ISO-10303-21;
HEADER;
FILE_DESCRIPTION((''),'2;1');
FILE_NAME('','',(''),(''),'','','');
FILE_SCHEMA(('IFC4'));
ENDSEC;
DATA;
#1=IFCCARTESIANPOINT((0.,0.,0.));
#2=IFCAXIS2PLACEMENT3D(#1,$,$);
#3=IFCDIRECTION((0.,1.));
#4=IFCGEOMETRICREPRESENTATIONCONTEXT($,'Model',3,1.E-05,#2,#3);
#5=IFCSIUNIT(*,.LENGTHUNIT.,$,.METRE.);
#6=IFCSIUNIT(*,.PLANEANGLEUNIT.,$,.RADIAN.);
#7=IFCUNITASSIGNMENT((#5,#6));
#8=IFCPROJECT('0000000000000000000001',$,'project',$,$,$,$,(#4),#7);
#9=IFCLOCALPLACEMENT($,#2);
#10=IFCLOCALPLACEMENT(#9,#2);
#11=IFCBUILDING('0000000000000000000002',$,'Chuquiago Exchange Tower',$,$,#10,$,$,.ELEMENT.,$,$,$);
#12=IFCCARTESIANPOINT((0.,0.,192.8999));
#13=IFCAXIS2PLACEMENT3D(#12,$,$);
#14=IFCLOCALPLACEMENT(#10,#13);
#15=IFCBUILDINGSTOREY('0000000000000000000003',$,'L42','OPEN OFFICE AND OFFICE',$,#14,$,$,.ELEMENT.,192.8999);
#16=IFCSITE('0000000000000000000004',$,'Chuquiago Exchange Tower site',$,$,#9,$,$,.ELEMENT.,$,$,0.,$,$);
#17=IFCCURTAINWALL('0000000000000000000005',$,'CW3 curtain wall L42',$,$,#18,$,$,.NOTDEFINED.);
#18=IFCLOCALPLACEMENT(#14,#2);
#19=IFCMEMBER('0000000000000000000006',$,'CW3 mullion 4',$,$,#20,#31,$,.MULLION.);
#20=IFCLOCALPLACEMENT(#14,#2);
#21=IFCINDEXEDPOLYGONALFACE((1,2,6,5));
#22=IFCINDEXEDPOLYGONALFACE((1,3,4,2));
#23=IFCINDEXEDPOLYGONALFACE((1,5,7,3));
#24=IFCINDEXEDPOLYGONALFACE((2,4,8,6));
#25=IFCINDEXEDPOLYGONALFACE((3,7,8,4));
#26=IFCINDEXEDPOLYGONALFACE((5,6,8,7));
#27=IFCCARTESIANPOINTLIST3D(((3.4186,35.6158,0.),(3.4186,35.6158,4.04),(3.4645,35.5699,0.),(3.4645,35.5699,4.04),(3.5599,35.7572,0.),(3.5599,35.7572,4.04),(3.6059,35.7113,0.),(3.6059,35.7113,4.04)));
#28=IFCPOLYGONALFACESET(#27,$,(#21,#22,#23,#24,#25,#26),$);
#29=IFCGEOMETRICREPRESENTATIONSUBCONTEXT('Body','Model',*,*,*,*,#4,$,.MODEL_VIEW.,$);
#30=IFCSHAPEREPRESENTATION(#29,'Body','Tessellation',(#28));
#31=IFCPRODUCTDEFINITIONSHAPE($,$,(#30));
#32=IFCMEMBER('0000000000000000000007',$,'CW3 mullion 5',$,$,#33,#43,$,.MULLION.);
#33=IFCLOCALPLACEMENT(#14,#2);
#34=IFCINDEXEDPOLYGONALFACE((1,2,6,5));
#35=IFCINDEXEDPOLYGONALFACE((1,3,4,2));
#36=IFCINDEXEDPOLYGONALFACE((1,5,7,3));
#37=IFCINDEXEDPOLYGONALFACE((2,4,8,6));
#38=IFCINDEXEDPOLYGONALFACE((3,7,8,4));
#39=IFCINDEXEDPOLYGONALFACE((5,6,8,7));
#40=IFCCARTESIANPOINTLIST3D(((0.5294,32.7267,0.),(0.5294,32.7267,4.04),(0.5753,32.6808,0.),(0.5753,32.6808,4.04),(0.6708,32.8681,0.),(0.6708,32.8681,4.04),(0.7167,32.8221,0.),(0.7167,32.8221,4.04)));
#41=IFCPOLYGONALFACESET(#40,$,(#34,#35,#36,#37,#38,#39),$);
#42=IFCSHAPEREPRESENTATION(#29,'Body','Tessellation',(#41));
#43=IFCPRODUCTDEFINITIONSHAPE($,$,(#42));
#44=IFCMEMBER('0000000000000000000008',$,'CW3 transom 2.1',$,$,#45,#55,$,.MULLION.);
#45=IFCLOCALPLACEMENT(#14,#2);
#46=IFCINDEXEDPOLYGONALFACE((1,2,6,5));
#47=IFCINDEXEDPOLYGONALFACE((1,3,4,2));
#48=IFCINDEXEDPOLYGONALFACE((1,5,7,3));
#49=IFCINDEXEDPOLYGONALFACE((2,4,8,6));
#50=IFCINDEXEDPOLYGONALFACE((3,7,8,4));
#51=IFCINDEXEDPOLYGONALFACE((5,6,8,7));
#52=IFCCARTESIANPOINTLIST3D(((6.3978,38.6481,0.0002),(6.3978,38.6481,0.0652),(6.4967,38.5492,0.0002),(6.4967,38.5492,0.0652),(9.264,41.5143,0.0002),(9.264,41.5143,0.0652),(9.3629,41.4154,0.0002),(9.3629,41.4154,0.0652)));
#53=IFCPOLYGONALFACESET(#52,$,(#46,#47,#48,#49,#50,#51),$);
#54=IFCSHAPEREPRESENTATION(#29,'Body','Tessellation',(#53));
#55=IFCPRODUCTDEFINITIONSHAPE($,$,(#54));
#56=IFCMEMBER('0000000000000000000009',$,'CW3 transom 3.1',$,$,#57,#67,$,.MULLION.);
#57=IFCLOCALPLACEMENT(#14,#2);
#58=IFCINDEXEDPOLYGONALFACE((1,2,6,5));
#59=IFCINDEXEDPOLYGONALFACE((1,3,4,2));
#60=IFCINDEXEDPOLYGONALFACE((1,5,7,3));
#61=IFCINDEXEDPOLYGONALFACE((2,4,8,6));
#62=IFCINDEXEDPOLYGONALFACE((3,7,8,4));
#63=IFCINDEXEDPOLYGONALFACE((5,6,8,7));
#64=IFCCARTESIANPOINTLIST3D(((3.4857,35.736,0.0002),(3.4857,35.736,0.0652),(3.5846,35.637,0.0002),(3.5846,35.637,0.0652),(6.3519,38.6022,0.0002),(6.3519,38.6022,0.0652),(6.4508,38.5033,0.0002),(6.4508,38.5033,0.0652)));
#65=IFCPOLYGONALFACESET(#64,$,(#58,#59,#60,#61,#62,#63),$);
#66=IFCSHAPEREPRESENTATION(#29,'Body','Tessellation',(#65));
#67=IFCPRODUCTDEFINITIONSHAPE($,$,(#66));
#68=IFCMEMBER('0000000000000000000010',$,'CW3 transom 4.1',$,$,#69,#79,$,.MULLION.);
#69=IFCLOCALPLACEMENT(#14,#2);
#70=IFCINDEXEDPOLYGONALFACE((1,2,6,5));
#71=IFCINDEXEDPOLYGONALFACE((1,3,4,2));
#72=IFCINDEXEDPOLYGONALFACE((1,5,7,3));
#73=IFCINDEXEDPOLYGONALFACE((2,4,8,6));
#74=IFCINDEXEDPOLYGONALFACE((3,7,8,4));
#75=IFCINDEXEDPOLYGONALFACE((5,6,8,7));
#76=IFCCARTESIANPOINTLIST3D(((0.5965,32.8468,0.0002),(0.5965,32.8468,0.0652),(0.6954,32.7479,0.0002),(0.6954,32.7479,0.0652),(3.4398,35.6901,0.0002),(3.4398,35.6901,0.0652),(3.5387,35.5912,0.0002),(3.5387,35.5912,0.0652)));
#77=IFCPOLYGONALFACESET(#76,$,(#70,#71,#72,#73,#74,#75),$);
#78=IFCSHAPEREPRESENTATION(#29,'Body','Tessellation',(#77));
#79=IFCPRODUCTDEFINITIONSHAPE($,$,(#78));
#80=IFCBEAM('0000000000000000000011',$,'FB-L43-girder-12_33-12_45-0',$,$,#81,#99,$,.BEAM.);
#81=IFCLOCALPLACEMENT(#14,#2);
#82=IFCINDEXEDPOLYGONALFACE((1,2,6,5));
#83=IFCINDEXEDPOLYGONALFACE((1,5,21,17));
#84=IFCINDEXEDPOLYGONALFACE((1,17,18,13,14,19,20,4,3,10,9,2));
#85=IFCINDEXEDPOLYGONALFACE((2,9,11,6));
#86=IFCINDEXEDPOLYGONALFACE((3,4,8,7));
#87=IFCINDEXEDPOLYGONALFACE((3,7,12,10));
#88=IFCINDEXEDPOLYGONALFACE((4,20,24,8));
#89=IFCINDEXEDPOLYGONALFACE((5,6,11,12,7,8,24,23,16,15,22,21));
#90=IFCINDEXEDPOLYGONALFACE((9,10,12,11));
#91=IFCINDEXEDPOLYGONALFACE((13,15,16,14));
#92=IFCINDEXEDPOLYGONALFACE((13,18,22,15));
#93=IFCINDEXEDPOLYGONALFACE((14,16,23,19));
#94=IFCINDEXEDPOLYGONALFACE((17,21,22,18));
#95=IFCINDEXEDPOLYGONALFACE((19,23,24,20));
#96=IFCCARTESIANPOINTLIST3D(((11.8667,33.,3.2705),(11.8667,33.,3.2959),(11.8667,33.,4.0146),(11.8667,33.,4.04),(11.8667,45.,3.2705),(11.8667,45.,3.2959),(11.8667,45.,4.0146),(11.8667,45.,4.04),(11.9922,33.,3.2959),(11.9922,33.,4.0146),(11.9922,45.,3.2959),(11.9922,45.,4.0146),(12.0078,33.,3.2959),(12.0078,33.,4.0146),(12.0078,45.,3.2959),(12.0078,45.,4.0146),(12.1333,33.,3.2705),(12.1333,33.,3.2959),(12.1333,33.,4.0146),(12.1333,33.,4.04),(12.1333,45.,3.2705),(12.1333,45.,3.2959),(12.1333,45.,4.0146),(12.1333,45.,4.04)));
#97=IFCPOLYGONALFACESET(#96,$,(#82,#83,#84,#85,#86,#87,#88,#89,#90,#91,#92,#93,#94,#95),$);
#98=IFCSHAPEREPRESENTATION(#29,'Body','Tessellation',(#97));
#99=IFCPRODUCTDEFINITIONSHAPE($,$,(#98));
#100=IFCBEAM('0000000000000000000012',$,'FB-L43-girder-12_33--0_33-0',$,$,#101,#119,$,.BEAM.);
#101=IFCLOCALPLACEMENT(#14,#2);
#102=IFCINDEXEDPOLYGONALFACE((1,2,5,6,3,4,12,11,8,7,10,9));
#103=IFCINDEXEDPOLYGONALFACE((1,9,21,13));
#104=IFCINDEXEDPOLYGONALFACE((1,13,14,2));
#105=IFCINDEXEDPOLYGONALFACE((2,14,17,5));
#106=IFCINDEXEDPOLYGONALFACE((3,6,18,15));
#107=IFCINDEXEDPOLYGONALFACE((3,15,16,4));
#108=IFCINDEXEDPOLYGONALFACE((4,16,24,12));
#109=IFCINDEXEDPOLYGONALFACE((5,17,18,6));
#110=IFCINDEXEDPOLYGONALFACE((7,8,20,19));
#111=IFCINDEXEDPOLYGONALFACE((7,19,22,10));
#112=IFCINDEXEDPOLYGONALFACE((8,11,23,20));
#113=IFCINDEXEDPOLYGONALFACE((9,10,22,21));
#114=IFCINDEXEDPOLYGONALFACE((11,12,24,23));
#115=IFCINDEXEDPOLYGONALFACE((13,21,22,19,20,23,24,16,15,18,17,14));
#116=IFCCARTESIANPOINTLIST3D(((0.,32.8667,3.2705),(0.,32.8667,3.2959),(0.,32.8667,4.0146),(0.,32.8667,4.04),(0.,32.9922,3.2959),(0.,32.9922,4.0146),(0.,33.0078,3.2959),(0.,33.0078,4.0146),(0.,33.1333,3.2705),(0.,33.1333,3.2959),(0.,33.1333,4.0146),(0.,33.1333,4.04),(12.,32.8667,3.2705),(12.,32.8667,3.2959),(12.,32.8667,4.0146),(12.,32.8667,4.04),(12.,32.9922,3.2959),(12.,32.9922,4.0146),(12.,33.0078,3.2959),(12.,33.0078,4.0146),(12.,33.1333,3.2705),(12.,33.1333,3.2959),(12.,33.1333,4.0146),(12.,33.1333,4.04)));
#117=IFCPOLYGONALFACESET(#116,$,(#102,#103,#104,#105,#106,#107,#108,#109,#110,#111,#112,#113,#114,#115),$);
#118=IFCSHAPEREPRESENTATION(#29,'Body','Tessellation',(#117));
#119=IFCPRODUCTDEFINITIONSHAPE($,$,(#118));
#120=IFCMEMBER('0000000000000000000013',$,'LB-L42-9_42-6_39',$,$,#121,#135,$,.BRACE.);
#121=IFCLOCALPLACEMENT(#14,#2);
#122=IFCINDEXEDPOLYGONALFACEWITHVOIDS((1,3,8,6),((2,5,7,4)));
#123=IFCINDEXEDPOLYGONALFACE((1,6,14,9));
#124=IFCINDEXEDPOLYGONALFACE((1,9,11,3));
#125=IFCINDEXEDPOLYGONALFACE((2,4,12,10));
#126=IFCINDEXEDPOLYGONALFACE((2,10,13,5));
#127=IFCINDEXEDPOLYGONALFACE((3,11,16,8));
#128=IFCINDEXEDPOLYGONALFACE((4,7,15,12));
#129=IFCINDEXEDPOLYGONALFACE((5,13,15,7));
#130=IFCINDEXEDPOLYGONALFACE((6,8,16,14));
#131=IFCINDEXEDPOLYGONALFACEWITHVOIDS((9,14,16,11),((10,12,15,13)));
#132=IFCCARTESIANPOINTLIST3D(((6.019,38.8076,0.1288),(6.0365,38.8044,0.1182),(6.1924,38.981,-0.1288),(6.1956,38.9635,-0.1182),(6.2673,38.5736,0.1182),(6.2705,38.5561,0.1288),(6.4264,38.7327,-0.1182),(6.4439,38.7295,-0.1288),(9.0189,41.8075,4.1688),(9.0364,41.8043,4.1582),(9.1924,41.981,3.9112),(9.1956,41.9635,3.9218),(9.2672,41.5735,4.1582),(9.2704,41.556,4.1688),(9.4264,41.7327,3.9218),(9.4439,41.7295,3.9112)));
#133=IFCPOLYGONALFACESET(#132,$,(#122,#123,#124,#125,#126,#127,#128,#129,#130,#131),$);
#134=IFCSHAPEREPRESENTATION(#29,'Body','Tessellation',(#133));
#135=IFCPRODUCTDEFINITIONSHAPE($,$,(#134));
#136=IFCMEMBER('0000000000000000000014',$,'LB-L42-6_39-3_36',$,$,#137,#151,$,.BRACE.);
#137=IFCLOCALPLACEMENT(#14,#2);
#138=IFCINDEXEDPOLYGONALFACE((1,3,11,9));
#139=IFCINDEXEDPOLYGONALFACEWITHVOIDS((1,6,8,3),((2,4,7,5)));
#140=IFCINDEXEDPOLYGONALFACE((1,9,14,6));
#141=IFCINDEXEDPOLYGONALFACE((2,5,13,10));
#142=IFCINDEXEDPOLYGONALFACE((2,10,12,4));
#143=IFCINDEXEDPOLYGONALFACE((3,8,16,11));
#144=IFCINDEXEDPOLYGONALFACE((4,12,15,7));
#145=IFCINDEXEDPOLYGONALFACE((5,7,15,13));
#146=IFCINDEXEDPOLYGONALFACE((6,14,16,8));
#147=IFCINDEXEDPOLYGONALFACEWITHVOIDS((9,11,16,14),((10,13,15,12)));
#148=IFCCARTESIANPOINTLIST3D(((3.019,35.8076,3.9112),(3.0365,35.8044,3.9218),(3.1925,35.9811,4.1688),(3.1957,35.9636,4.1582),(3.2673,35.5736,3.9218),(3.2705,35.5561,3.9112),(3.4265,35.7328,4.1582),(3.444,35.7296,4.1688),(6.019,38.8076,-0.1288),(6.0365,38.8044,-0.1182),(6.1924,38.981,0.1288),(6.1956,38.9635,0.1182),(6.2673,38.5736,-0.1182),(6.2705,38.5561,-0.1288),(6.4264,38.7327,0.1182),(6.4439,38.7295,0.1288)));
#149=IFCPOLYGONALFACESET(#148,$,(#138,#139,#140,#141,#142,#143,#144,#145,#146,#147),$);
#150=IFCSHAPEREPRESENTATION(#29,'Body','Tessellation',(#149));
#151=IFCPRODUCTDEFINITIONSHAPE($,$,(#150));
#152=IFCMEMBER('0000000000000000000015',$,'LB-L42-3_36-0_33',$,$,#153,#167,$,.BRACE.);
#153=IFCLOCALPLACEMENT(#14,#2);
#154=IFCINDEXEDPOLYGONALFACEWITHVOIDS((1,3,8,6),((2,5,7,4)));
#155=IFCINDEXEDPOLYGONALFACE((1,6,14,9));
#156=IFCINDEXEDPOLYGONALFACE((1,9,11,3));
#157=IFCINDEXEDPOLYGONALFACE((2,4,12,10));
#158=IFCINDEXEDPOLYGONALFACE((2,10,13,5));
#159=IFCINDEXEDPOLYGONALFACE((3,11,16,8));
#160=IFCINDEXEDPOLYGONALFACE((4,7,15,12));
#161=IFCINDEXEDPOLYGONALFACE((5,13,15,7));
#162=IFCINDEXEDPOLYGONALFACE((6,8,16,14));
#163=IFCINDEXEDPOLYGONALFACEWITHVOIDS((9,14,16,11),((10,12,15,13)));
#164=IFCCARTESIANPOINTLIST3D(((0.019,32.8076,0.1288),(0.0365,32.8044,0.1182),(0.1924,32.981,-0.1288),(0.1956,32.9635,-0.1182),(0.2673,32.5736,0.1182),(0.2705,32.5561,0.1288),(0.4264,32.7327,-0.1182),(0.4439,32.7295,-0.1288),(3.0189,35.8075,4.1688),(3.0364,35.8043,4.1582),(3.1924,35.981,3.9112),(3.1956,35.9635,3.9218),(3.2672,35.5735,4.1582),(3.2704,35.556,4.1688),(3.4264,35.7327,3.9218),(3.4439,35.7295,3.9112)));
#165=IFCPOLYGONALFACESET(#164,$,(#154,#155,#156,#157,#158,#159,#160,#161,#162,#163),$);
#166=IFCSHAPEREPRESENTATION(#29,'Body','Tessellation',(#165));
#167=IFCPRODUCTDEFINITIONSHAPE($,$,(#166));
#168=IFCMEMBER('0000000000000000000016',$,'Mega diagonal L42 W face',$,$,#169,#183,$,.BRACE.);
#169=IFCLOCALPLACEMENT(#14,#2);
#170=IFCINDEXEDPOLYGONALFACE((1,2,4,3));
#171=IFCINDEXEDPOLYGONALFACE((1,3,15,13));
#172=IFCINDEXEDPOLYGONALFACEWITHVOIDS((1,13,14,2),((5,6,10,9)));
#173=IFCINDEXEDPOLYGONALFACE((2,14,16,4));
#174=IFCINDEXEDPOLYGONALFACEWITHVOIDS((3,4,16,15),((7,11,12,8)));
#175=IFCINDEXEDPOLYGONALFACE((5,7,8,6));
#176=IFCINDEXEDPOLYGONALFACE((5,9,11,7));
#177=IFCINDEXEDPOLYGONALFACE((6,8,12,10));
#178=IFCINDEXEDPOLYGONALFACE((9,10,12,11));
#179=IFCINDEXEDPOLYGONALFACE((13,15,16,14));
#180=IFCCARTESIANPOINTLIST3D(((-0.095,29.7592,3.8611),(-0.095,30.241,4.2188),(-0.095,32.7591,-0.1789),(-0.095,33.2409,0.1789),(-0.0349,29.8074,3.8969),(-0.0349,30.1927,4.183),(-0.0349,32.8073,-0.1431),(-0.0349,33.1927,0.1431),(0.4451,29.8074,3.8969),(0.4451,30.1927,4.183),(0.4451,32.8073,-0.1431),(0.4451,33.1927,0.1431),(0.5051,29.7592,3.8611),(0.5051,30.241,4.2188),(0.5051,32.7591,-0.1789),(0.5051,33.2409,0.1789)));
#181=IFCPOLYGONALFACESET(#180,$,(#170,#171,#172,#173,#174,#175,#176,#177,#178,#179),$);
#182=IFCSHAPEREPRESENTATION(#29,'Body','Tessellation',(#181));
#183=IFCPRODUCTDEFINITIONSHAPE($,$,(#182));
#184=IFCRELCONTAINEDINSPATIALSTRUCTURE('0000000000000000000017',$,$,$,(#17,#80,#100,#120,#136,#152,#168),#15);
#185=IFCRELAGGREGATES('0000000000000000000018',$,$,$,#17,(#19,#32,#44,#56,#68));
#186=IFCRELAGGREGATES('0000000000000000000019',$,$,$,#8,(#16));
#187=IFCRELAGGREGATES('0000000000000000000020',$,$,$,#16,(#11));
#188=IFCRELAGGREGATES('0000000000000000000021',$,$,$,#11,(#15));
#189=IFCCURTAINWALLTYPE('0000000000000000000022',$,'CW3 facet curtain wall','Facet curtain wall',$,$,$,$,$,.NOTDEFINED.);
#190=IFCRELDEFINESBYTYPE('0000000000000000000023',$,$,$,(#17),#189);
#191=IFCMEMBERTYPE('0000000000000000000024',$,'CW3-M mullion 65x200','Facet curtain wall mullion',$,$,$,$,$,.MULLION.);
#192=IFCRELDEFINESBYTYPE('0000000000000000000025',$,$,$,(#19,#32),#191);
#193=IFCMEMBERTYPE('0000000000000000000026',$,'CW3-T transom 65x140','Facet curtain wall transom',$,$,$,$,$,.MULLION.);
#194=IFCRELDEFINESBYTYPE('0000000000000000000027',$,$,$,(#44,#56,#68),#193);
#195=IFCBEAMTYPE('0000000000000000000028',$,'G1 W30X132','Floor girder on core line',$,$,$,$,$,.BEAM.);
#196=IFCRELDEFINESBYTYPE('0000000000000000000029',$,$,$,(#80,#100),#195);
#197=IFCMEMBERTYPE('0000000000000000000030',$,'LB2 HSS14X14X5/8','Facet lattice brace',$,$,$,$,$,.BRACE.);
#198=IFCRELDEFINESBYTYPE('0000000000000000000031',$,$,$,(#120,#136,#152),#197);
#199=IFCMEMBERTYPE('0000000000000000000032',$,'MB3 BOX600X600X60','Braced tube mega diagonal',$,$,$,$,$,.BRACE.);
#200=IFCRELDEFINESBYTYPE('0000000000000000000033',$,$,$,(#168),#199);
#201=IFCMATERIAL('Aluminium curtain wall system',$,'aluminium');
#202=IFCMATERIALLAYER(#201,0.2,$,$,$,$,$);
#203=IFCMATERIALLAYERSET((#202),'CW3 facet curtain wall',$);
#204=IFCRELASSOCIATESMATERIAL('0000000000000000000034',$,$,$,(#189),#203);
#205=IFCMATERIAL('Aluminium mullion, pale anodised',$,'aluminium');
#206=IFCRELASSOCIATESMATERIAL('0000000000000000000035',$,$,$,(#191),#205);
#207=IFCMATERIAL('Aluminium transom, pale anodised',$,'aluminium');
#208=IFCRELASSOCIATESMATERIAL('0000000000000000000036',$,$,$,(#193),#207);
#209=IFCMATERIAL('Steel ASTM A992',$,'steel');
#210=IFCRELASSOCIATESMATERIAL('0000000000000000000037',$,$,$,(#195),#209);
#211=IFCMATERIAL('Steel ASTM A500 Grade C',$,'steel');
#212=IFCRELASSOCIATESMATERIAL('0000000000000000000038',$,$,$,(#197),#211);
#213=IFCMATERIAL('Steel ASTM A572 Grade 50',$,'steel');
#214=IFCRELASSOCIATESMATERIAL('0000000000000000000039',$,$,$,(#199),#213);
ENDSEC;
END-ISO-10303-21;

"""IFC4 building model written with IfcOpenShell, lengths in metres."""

from ifc_helpers import new_model, si_unit, direction, frame, origin, origin_2d, place, context, subcontext, project, spatial, rectangle, hollow_rectangle, i_section, extrude, material, layer, layer_set, material_profile, profile_set, type_object, element, aggregate, save


model = new_model("IFC4")

# Units and contexts
model_context = context("Model", 3, precision=1e-05, world=origin(), true_north=direction((0.0, 1.0)))
body_context = subcontext(model_context, "Body", "Model", "MODEL_VIEW")
ifc_project = project(units=[si_unit("LENGTHUNIT", "METRE"), si_unit("PLANEANGLEUNIT", "RADIAN")], contexts=[model_context])

# Site, building, storey
site_placement = place(None, origin())
site = spatial("IfcSite", under=ifc_project, at=site_placement, Name="Chuquiago Exchange Tower site", CompositionType="ELEMENT", RefElevation=0.0)
building_placement = place(site_placement, origin())
building = spatial("IfcBuilding", under=site, at=building_placement, Name="Chuquiago Exchange Tower", CompositionType="ELEMENT")
storey_placement = place(building_placement, frame((0.0, 0.0, 192.8999)))
storey = spatial("IfcBuildingStorey", under=building, at=storey_placement, Name="L42", Description="OPEN OFFICE AND OFFICE", CompositionType="ELEMENT", Elevation=192.8999)

# Curtain wall, members
ifc_material_1 = material(Name="Aluminium curtain wall system", Category="aluminium")
ifc_layer_1 = layer(ifc_material_1, 0.2)
ifc_layer_set_1 = layer_set([ifc_layer_1], Name="CW3 facet curtain wall")
curtain_wall_type_1 = type_object("IfcCurtainWallType", Name="CW3 facet curtain wall", Description="Facet curtain wall", PredefinedType="NOTDEFINED", material=ifc_layer_set_1)
curtain_wall_1_placement = place(storey_placement, origin())
curtain_wall_1 = element("IfcCurtainWall", 1, at=curtain_wall_1_placement, inside=storey, type_object=curtain_wall_type_1, Name="CW3 curtain wall L42", PredefinedType="NOTDEFINED")
ifc_material_2 = material(Name="Aluminium mullion, pale anodised", Category="aluminium")
ifc_material_profile_1 = material_profile(ifc_material_2, rectangle(XDim=0.0649, YDim=0.2, at=origin_2d()), Name="AL 65x200")
ifc_profile_set_1 = profile_set([ifc_material_profile_1], Name="Aluminium mullion, pale anodised")
member_type_1 = type_object("IfcMemberType", Name="CW3-M mullion 65x200", Description="Facet curtain wall mullion", PredefinedType="MULLION", material=ifc_profile_set_1)
member_1_placement = place(storey_placement, frame((3.5122, 35.6636, 0.0), z_axis=(0.0, 0.0, 1.0), x_axis=(0.707107, -0.707107, 0.0)))
member_1 = element("IfcMember", 2, at=member_1_placement, type_object=member_type_1, Name="CW3 mullion 4", PredefinedType="MULLION", context=body_context, shape_type="SweptSolid", body=[
    extrude(rectangle(XDim=0.0649, YDim=0.2, at=origin_2d()), origin(), (0.0, 0.0, 1.0), 4.04),
])
member_2_placement = place(storey_placement, frame((0.623, 32.7744, 0.0), z_axis=(0.0, 0.0, 1.0), x_axis=(0.707107, -0.707107, 0.0)))
member_2 = element("IfcMember", 3, at=member_2_placement, type_object=member_type_1, Name="CW3 mullion 5", PredefinedType="MULLION", context=body_context, shape_type="SweptSolid", body=[
    extrude(rectangle(XDim=0.0649, YDim=0.2, at=origin_2d()), origin(), (0.0, 0.0, 1.0), 4.04),
])
ifc_material_3 = material(Name="Aluminium transom, pale anodised", Category="aluminium")
ifc_material_profile_2 = material_profile(ifc_material_3, rectangle(XDim=0.1399, YDim=0.0649, at=origin_2d()), Name="AL 140x65")
ifc_profile_set_2 = profile_set([ifc_material_profile_2], Name="Aluminium transom, pale anodised")
member_type_2 = type_object("IfcMemberType", Name="CW3-T transom 65x140", Description="Facet curtain wall transom", PredefinedType="MULLION", material=ifc_profile_set_2)
member_3_placement = place(storey_placement, frame((9.3135, 41.4648, 0.0327), z_axis=(-0.707107, -0.707107, 0.0), x_axis=(0.707107, -0.707107, 0.0)))
member_3 = element("IfcMember", 4, at=member_3_placement, type_object=member_type_2, Name="CW3 transom 2.1", PredefinedType="MULLION", context=body_context, shape_type="SweptSolid", body=[
    extrude(rectangle(XDim=0.1399, YDim=0.0649, at=origin_2d()), origin(), (0.0, 0.0, 1.0), 4.0535),
])
member_4_placement = place(storey_placement, frame((6.4014, 38.5527, 0.0327), z_axis=(-0.707107, -0.707107, 0.0), x_axis=(0.707107, -0.707107, 0.0)))
member_4 = element("IfcMember", 5, at=member_4_placement, type_object=member_type_2, Name="CW3 transom 3.1", PredefinedType="MULLION", context=body_context, shape_type="SweptSolid", body=[
    extrude(rectangle(XDim=0.1399, YDim=0.0649, at=origin_2d()), origin(), (0.0, 0.0, 1.0), 4.0535),
])
member_5_placement = place(storey_placement, frame((3.4893, 35.6406, 0.0327), z_axis=(-0.707107, -0.707107, 0.0), x_axis=(0.707107, -0.707107, 0.0)))
member_5 = element("IfcMember", 6, at=member_5_placement, type_object=member_type_2, Name="CW3 transom 4.1", PredefinedType="MULLION", context=body_context, shape_type="SweptSolid", body=[
    extrude(rectangle(XDim=0.1399, YDim=0.0649, at=origin_2d()), origin(), (0.0, 0.0, 1.0), 4.021),
])

# Beams
ifc_material_4 = material(Name="Steel ASTM A992", Category="steel")
ifc_material_profile_3 = material_profile(ifc_material_4, i_section(OverallWidth=0.2666, OverallDepth=0.7695, WebThickness=0.0156, FlangeThickness=0.0254, at=origin_2d()), Name="W30X132")
ifc_profile_set_3 = profile_set([ifc_material_profile_3], Name="Steel ASTM A992")
beam_type_1 = type_object("IfcBeamType", Name="G1 W30X132", Description="Floor girder on core line", PredefinedType="BEAM", material=ifc_profile_set_3)
for number, where, z_axis, x_axis, name in (
    (7, (12.0, 33.0, 3.6553), (0.0, 1.0, 0.0), (-1.0, 0.0, 0.0), "FB-L43-girder-12_33-12_45-0"),
    (8, (12.0, 33.0, 3.6553), (-1.0, 0.0, 0.0), (0.0, -1.0, 0.0), "FB-L43-girder-12_33--0_33-0"),
):
    element("IfcBeam", number, at=place(storey_placement, frame(where, z_axis=z_axis, x_axis=x_axis)), inside=storey, type_object=beam_type_1, Name=name, PredefinedType="BEAM", context=body_context, shape_type="SweptSolid", body=[
        extrude(i_section(OverallWidth=0.2666, OverallDepth=0.7695, WebThickness=0.0156, FlangeThickness=0.0254, at=origin_2d()), origin(), (0.0, 0.0, 1.0), 12.0),
    ])

# Members
ifc_material_5 = material(Name="Steel ASTM A500 Grade C", Category="steel")
ifc_material_profile_4 = material_profile(ifc_material_5, hollow_rectangle(XDim=0.3557, YDim=0.3557, WallThickness=0.0146, at=origin_2d()), Name="HSS14X14X5/8")
ifc_profile_set_4 = profile_set([ifc_material_profile_4], Name="Steel ASTM A500 Grade C")
member_type_3 = type_object("IfcMemberType", Name="LB2 HSS14X14X5/8", Description="Facet lattice brace", PredefinedType="BRACE", material=ifc_profile_set_4)
for number, where, z_axis, x_axis, name in (
    (9, (6.2314, 38.7686, 0.0), (0.512077, 0.512077, 0.689604), (-0.707107, 0.707107, 0.0), "LB-L42-9_42-6_39"),
    (10, (6.2314, 38.7686, 0.0), (-0.512077, -0.512077, 0.689604), (0.707107, -0.707107, 0.0), "LB-L42-6_39-3_36"),
    (11, (0.2314, 32.7686, 0.0), (0.512077, 0.512077, 0.689604), (-0.707107, 0.707107, 0.0), "LB-L42-3_36-0_33"),
):
    element("IfcMember", number, at=place(storey_placement, frame(where, z_axis=z_axis, x_axis=x_axis)), inside=storey, type_object=member_type_3, Name=name, PredefinedType="BRACE", context=body_context, shape_type="SweptSolid", body=[
        extrude(hollow_rectangle(XDim=0.3557, YDim=0.3557, WallThickness=0.0146, at=origin_2d()), origin(), (0.0, 0.0, 1.0), 5.8584),
    ])
ifc_material_6 = material(Name="Steel ASTM A572 Grade 50", Category="steel")
ifc_material_profile_5 = material_profile(ifc_material_6, hollow_rectangle(XDim=0.6001, YDim=0.6001, WallThickness=0.0601, at=origin_2d()), Name="BOX600X600X60")
ifc_profile_set_5 = profile_set([ifc_material_profile_5], Name="Steel ASTM A572 Grade 50")
member_type_4 = type_object("IfcMemberType", Name="MB3 BOX600X600X60", Description="Braced tube mega diagonal", PredefinedType="BRACE", material=ifc_profile_set_5)
member_6_placement = place(storey_placement, frame((0.2051, 33.0, 0.0), z_axis=(0.0, -0.596174, 0.802855), x_axis=(1.0, 0.0, 0.0)))
element("IfcMember", 12, at=member_6_placement, inside=storey, type_object=member_type_4, Name="Mega diagonal L42 W face", PredefinedType="BRACE", context=body_context, shape_type="SweptSolid", body=[
    extrude(hollow_rectangle(XDim=0.6001, YDim=0.6001, WallThickness=0.0601, at=origin_2d()), origin(), (0.0, 0.0, 1.0), 5.032),
])

aggregate(curtain_wall_1, [member_1, member_2, member_3, member_4, member_5])

save(model, "model.ifc")
